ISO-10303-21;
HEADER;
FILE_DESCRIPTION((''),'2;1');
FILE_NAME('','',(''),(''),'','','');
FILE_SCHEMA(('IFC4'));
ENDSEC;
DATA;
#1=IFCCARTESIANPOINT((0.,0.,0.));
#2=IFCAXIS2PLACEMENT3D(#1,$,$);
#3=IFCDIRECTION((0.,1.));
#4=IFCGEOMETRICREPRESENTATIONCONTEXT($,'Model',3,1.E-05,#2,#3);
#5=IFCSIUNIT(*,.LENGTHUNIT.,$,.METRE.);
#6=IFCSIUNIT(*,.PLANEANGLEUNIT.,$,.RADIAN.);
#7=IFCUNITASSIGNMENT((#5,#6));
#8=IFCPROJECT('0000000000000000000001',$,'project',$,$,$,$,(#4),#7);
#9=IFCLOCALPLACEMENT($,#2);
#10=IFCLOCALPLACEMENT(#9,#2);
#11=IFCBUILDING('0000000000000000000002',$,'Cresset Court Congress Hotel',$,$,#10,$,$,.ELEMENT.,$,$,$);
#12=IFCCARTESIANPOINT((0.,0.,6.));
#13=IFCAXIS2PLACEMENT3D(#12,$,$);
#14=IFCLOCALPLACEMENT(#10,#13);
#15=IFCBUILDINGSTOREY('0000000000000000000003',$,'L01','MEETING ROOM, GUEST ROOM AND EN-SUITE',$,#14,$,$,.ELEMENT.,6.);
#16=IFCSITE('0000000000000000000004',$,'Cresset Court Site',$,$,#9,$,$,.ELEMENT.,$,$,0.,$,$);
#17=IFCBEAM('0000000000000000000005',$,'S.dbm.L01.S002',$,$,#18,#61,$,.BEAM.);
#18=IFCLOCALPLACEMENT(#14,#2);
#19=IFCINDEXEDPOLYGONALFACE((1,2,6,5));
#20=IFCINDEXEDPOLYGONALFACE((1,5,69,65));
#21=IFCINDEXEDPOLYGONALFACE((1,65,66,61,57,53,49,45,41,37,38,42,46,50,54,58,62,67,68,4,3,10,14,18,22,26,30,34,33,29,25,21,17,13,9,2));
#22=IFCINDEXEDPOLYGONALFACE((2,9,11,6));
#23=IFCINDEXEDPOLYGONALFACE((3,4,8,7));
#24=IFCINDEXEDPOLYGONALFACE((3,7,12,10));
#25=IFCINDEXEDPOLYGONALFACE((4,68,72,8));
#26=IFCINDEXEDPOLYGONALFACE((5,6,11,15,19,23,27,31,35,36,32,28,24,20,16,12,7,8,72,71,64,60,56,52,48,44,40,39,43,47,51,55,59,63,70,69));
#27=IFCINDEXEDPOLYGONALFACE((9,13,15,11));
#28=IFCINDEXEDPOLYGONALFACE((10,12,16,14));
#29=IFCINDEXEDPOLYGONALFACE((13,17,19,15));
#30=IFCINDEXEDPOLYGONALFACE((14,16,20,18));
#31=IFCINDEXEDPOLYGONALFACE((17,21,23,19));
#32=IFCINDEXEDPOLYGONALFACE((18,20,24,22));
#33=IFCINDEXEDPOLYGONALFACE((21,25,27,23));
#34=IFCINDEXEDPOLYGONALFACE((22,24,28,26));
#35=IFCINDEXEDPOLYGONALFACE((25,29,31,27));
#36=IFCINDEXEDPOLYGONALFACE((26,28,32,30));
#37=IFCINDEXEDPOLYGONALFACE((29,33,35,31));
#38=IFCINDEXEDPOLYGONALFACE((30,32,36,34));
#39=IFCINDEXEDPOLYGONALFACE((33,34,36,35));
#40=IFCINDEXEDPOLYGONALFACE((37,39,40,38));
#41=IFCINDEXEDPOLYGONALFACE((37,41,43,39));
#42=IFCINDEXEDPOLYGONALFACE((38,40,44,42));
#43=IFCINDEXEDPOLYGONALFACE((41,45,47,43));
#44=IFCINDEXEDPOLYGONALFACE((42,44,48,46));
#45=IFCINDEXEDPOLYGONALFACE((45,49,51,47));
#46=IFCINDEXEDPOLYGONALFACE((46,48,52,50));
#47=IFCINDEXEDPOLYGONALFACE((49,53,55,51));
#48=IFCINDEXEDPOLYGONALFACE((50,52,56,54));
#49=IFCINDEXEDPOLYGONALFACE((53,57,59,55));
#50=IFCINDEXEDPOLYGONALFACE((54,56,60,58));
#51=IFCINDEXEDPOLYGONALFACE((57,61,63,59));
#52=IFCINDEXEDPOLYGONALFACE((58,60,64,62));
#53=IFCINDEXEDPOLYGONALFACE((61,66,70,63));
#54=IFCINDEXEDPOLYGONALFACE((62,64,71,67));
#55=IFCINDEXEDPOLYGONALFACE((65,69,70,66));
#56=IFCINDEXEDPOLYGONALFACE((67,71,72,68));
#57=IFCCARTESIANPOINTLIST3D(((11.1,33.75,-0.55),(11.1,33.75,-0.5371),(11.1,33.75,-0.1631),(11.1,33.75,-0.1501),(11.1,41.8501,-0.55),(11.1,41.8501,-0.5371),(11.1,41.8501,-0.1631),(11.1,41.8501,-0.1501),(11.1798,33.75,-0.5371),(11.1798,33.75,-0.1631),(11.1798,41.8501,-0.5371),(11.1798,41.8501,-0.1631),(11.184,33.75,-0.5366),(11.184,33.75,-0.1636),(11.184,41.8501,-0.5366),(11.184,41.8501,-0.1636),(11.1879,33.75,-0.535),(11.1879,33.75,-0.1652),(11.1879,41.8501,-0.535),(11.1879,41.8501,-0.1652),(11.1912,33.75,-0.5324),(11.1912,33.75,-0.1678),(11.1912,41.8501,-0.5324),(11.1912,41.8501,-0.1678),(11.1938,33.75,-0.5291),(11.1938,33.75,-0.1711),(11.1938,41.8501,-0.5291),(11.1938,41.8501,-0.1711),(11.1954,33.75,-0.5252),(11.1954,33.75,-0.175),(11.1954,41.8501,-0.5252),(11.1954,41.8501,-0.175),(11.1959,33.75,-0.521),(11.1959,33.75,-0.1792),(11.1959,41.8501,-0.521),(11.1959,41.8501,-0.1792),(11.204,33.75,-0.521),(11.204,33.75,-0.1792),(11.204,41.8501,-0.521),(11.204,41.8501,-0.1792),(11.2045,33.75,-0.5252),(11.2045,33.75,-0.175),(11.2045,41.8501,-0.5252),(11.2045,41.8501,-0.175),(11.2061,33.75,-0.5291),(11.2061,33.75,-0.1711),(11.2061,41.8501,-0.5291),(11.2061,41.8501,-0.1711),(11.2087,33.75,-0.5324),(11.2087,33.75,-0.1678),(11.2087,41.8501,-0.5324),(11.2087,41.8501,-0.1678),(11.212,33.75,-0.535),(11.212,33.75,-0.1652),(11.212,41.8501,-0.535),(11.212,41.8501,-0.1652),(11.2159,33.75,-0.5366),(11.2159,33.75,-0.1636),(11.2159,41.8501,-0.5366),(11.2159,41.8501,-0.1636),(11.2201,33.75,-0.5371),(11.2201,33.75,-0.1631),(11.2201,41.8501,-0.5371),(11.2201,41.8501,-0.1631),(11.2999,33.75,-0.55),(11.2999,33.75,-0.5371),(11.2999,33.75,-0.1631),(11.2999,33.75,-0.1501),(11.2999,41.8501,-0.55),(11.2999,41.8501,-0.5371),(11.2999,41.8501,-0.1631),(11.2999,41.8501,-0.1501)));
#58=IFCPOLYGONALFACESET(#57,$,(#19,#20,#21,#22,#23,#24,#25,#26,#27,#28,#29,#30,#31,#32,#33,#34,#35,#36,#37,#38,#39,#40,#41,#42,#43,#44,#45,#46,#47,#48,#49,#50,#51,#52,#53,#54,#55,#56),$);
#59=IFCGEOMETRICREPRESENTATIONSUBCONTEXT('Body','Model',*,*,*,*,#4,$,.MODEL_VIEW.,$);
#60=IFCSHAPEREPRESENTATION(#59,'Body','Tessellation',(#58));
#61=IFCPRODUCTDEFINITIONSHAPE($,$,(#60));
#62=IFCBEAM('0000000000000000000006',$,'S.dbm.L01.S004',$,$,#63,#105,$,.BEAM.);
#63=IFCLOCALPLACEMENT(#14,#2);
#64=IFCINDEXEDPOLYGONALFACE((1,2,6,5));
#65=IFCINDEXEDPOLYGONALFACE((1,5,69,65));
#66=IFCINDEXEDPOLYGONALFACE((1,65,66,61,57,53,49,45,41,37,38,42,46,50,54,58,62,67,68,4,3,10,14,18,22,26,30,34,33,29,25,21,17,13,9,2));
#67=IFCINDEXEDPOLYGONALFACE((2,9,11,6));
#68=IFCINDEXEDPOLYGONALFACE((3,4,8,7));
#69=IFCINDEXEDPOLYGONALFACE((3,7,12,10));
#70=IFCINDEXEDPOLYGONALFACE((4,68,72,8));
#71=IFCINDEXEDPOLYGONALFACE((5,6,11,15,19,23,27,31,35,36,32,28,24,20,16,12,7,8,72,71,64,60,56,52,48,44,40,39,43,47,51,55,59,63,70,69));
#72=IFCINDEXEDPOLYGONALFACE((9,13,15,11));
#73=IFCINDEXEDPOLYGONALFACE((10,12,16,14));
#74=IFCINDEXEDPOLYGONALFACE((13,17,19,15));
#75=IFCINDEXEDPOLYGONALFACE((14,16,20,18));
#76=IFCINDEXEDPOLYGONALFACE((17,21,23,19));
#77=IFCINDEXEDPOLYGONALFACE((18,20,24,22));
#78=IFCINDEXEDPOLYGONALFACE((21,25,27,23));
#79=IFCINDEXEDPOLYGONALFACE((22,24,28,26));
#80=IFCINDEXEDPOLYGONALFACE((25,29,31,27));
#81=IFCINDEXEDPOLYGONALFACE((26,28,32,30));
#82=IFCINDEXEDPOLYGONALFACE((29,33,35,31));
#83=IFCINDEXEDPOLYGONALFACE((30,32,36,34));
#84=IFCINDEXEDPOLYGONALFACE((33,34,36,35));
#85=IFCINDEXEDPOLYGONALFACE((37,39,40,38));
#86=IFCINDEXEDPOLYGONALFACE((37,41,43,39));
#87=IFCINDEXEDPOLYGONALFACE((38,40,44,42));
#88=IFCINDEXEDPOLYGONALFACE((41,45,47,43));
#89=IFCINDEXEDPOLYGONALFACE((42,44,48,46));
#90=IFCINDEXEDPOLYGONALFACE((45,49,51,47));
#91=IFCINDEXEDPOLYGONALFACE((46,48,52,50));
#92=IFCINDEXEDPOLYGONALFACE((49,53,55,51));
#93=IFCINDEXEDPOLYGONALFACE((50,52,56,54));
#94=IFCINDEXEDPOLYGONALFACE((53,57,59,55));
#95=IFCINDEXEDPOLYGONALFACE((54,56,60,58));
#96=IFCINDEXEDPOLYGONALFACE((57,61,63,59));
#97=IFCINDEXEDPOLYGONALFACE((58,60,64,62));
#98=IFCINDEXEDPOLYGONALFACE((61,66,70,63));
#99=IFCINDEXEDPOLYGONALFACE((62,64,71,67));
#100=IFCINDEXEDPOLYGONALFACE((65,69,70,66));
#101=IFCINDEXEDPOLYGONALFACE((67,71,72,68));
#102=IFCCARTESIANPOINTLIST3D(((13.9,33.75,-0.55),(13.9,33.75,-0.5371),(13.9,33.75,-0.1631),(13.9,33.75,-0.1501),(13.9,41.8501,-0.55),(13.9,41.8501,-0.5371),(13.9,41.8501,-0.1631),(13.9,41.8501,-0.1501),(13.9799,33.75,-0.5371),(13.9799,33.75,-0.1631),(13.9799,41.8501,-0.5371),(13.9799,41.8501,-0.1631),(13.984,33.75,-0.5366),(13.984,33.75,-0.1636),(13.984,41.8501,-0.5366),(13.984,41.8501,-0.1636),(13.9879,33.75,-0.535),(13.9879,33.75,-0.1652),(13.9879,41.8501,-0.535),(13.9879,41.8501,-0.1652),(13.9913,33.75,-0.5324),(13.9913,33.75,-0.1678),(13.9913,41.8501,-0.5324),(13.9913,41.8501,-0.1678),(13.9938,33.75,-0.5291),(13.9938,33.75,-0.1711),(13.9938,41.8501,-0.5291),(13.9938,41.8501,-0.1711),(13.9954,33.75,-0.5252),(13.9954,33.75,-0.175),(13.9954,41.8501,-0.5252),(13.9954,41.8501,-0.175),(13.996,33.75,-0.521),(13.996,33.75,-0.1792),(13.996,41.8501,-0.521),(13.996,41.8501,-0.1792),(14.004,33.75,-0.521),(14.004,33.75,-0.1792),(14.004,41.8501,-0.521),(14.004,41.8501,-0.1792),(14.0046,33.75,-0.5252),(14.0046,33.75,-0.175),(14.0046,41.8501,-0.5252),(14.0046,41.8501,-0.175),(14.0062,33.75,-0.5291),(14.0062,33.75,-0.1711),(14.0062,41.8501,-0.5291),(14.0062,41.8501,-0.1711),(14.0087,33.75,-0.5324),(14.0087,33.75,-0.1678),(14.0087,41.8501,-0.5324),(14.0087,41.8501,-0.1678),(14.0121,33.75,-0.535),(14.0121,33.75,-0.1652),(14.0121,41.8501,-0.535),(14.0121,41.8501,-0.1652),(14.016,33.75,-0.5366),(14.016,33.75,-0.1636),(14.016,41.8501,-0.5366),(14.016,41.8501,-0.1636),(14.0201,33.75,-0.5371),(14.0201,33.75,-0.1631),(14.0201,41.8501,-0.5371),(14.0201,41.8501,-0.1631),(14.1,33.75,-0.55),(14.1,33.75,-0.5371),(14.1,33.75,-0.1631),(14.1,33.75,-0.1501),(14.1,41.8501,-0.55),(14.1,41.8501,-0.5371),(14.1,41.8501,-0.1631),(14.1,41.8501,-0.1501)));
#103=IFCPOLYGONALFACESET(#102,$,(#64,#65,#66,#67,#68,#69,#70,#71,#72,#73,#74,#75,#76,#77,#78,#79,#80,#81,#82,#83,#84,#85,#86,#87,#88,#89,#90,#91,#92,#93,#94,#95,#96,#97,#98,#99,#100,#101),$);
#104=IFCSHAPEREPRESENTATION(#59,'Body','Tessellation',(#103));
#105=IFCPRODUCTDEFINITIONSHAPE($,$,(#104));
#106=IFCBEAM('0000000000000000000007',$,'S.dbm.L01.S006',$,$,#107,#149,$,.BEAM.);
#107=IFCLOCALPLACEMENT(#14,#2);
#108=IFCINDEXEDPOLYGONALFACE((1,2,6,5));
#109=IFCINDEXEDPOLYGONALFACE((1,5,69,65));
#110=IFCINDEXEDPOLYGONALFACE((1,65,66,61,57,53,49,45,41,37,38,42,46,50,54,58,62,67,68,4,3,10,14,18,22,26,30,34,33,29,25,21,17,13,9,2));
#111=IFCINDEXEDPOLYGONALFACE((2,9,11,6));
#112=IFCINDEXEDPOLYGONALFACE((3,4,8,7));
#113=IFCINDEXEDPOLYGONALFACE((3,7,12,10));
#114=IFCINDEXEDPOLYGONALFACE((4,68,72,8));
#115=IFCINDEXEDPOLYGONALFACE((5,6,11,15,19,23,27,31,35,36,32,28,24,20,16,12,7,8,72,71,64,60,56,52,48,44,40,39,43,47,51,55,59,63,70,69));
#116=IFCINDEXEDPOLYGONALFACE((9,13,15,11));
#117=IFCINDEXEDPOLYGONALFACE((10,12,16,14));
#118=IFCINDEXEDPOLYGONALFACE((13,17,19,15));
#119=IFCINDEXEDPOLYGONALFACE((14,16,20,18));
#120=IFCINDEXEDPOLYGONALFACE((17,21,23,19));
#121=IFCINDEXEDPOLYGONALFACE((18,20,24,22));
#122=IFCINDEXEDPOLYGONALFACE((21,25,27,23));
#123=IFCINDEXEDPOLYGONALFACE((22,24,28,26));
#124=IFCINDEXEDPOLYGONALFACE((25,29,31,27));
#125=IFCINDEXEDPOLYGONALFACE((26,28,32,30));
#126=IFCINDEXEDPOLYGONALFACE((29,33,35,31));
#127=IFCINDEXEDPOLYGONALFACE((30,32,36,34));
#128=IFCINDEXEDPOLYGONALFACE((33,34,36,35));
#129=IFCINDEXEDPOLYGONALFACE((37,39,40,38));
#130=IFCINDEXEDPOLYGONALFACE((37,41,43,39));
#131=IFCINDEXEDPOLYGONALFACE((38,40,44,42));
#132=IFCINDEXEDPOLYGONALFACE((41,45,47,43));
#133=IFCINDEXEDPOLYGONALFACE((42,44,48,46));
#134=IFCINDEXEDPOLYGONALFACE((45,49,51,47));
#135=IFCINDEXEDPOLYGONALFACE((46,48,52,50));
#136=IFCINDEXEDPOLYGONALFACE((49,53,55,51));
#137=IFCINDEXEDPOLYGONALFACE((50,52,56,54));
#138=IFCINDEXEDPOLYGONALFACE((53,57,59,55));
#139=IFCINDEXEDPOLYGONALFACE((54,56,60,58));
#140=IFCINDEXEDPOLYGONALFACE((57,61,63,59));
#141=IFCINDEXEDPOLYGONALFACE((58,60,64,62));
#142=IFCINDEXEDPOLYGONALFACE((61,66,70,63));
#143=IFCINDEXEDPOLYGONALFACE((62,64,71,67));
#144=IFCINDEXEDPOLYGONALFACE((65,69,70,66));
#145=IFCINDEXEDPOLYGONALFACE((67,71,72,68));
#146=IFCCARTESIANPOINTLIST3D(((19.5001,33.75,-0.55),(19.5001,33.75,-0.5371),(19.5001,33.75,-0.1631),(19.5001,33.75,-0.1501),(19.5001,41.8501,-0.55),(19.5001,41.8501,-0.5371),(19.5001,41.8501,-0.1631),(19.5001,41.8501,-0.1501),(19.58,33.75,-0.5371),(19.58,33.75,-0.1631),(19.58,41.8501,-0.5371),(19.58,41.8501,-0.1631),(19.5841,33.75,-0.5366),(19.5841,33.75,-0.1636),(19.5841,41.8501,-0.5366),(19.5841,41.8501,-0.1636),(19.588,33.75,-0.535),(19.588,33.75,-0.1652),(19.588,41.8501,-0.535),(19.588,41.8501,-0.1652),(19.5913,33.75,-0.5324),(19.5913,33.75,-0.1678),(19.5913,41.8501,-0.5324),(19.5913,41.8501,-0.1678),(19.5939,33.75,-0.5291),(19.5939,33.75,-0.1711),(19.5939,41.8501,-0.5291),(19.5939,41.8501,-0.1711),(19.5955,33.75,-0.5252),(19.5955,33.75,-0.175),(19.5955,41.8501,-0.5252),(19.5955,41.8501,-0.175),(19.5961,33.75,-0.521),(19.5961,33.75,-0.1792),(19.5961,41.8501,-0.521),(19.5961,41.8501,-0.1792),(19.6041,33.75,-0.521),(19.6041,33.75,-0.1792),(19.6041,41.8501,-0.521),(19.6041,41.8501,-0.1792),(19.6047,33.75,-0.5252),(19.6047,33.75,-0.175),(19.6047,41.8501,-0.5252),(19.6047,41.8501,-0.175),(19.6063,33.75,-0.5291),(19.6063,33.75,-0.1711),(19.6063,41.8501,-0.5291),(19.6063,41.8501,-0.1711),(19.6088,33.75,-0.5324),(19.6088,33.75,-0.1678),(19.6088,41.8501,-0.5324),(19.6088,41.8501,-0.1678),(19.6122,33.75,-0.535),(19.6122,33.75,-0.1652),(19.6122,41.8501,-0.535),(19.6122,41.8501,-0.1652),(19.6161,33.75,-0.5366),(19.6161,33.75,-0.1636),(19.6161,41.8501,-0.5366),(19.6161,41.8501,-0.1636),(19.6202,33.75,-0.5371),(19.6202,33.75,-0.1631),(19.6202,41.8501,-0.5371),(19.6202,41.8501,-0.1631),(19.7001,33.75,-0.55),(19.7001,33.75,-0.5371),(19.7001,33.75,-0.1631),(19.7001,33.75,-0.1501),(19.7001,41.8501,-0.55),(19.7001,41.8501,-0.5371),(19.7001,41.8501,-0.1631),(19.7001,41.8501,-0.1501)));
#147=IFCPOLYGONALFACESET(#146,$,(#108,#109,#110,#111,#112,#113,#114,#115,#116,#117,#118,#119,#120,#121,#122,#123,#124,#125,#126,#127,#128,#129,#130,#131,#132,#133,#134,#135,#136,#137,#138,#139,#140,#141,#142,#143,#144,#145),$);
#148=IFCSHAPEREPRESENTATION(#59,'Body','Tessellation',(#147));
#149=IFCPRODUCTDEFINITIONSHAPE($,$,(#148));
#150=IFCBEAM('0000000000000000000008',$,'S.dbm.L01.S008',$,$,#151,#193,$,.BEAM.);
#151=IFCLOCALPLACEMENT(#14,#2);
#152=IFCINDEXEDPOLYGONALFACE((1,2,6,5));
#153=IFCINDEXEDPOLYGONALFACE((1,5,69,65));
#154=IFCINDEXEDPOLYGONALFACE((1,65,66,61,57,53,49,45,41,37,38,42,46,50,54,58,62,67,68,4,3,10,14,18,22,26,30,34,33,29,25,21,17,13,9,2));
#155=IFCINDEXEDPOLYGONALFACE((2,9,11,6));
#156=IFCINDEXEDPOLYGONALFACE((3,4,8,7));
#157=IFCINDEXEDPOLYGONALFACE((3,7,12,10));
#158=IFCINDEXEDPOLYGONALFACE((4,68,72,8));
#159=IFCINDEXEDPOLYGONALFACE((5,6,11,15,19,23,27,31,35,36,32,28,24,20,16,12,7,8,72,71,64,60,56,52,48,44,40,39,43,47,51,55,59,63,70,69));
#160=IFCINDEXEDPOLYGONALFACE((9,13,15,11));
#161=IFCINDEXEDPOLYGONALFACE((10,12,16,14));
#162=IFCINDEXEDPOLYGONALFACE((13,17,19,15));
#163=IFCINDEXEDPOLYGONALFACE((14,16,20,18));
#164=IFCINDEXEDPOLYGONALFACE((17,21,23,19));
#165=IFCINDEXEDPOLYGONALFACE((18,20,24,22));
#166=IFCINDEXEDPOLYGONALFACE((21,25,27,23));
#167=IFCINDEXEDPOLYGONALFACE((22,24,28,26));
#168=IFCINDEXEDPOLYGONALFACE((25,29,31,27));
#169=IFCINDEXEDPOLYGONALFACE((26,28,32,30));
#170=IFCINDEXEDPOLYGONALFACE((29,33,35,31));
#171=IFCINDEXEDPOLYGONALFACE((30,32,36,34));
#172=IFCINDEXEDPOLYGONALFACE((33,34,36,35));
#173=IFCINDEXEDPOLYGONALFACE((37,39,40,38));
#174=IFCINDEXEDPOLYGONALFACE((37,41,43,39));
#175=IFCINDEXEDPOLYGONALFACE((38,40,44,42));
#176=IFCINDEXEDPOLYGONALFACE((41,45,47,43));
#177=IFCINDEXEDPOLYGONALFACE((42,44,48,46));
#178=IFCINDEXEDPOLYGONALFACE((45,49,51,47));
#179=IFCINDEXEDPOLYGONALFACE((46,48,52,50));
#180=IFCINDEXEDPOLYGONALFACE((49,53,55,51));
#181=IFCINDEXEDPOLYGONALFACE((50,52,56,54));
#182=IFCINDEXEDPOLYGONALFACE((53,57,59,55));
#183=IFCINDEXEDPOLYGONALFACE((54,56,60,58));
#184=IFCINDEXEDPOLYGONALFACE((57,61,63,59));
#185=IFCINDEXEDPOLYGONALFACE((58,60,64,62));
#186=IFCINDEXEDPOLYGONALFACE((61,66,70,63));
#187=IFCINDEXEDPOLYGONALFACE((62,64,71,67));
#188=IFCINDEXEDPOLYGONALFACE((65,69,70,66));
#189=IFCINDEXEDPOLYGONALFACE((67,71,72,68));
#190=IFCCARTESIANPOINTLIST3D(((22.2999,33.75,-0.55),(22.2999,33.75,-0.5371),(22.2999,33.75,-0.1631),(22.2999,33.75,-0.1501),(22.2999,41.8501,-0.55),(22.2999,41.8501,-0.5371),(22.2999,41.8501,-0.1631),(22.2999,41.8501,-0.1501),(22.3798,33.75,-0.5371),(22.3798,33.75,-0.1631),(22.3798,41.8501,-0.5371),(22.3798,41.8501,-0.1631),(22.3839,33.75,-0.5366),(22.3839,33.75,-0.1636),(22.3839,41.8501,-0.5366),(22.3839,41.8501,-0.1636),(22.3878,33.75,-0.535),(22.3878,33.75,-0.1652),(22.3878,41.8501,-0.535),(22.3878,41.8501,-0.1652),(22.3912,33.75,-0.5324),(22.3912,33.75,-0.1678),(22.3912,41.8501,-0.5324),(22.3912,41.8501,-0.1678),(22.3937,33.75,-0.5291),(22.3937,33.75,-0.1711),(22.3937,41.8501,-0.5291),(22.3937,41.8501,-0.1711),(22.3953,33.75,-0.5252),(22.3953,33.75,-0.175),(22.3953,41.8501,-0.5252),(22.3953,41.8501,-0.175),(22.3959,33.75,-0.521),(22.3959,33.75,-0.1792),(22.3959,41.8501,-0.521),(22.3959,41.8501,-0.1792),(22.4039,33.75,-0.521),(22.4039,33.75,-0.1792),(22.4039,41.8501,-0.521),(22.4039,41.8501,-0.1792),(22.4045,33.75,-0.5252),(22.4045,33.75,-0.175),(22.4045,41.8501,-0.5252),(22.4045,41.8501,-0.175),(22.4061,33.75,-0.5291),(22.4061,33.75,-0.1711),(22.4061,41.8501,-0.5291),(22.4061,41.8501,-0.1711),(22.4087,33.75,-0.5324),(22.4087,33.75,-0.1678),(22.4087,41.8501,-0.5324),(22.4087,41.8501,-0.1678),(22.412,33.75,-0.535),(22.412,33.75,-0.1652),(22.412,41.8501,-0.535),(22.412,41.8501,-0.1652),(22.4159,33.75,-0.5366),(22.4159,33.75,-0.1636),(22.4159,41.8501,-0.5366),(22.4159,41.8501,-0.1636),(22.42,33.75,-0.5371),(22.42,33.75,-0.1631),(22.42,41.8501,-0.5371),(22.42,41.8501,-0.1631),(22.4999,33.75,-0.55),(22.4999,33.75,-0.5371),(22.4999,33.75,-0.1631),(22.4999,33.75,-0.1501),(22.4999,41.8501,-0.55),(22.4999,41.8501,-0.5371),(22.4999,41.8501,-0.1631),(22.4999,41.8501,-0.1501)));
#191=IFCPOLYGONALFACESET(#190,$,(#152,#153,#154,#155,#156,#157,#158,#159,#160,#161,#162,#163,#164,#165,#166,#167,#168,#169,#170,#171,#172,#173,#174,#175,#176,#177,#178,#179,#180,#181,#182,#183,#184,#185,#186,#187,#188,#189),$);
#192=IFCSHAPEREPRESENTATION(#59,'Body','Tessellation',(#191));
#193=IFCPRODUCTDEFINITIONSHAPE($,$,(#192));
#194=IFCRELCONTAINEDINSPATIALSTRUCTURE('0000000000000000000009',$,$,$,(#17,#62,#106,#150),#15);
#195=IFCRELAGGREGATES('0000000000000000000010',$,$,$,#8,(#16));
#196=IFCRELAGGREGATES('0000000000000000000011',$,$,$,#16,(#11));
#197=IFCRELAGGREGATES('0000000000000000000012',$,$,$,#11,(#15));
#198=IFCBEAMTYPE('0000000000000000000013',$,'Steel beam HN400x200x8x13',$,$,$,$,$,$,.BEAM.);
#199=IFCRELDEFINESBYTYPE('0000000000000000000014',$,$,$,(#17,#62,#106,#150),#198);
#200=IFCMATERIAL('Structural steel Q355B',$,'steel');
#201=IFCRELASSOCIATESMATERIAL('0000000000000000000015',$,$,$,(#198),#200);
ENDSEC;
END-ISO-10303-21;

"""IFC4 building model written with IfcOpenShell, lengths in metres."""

from ifc_helpers import new_model, si_unit, direction, frame, origin, origin_2d, place, context, subcontext, project, spatial, i_section, extrude, material, material_profile, profile_set, type_object, element, save


model = new_model("IFC4")

# Units and contexts
model_context = context("Model", 3, precision=1e-05, world=origin(), true_north=direction((0.0, 1.0)))
body_context = subcontext(model_context, "Body", "Model", "MODEL_VIEW")
ifc_project = project(units=[si_unit("LENGTHUNIT", "METRE"), si_unit("PLANEANGLEUNIT", "RADIAN")], contexts=[model_context])

# Site, building, storey
site_placement = place(None, origin())
site = spatial("IfcSite", under=ifc_project, at=site_placement, Name="Cresset Court Site", CompositionType="ELEMENT", RefElevation=0.0)
building_placement = place(site_placement, origin())
building = spatial("IfcBuilding", under=site, at=building_placement, Name="Cresset Court Congress Hotel", CompositionType="ELEMENT")
storey_placement = place(building_placement, frame((0.0, 0.0, 6.0)))
storey = spatial("IfcBuildingStorey", under=building, at=storey_placement, Name="L01", Description="MEETING ROOM, GUEST ROOM AND EN-SUITE", CompositionType="ELEMENT", Elevation=6.0)

# Beams
ifc_material_1 = material(Name="Structural steel Q355B", Category="steel")
ifc_material_profile_1 = material_profile(ifc_material_1, i_section(OverallWidth=0.2, OverallDepth=0.3999, WebThickness=0.0081, FlangeThickness=0.0129, FilletRadius=0.0161, at=origin_2d()), Name="HN400x200x8x13")
ifc_profile_set_1 = profile_set([ifc_material_profile_1], Name="Structural steel Q355B")
beam_type_1 = type_object("IfcBeamType", Name="Steel beam HN400x200x8x13", PredefinedType="BEAM", material=ifc_profile_set_1)
for number, where, z_axis, x_axis, name in (
    (1, (11.2, 33.75, -0.3501), (0.0, 1.0, 0.0), (-1.0, 0.0, 0.0), "S.dbm.L01.S002"),
    (2, (14.0, 33.75, -0.3501), (0.0, 1.0, 0.0), (-1.0, 0.0, 0.0), "S.dbm.L01.S004"),
    (3, (19.6001, 33.75, -0.3501), (0.0, 1.0, 0.0), (-1.0, 0.0, 0.0), "S.dbm.L01.S006"),
    (4, (22.3999, 33.75, -0.3501), (0.0, 1.0, 0.0), (-1.0, 0.0, 0.0), "S.dbm.L01.S008"),
):
    element("IfcBeam", number, at=place(storey_placement, frame(where, z_axis=z_axis, x_axis=x_axis)), inside=storey, type_object=beam_type_1, Name=name, PredefinedType="BEAM", context=body_context, shape_type="SweptSolid", body=[
        extrude(i_section(OverallWidth=0.2, OverallDepth=0.3999, WebThickness=0.0081, FlangeThickness=0.0129, FilletRadius=0.0161, at=origin_2d()), origin(), (0.0, 0.0, 1.0), 8.1001),
    ])

save(model, "model.ifc")
